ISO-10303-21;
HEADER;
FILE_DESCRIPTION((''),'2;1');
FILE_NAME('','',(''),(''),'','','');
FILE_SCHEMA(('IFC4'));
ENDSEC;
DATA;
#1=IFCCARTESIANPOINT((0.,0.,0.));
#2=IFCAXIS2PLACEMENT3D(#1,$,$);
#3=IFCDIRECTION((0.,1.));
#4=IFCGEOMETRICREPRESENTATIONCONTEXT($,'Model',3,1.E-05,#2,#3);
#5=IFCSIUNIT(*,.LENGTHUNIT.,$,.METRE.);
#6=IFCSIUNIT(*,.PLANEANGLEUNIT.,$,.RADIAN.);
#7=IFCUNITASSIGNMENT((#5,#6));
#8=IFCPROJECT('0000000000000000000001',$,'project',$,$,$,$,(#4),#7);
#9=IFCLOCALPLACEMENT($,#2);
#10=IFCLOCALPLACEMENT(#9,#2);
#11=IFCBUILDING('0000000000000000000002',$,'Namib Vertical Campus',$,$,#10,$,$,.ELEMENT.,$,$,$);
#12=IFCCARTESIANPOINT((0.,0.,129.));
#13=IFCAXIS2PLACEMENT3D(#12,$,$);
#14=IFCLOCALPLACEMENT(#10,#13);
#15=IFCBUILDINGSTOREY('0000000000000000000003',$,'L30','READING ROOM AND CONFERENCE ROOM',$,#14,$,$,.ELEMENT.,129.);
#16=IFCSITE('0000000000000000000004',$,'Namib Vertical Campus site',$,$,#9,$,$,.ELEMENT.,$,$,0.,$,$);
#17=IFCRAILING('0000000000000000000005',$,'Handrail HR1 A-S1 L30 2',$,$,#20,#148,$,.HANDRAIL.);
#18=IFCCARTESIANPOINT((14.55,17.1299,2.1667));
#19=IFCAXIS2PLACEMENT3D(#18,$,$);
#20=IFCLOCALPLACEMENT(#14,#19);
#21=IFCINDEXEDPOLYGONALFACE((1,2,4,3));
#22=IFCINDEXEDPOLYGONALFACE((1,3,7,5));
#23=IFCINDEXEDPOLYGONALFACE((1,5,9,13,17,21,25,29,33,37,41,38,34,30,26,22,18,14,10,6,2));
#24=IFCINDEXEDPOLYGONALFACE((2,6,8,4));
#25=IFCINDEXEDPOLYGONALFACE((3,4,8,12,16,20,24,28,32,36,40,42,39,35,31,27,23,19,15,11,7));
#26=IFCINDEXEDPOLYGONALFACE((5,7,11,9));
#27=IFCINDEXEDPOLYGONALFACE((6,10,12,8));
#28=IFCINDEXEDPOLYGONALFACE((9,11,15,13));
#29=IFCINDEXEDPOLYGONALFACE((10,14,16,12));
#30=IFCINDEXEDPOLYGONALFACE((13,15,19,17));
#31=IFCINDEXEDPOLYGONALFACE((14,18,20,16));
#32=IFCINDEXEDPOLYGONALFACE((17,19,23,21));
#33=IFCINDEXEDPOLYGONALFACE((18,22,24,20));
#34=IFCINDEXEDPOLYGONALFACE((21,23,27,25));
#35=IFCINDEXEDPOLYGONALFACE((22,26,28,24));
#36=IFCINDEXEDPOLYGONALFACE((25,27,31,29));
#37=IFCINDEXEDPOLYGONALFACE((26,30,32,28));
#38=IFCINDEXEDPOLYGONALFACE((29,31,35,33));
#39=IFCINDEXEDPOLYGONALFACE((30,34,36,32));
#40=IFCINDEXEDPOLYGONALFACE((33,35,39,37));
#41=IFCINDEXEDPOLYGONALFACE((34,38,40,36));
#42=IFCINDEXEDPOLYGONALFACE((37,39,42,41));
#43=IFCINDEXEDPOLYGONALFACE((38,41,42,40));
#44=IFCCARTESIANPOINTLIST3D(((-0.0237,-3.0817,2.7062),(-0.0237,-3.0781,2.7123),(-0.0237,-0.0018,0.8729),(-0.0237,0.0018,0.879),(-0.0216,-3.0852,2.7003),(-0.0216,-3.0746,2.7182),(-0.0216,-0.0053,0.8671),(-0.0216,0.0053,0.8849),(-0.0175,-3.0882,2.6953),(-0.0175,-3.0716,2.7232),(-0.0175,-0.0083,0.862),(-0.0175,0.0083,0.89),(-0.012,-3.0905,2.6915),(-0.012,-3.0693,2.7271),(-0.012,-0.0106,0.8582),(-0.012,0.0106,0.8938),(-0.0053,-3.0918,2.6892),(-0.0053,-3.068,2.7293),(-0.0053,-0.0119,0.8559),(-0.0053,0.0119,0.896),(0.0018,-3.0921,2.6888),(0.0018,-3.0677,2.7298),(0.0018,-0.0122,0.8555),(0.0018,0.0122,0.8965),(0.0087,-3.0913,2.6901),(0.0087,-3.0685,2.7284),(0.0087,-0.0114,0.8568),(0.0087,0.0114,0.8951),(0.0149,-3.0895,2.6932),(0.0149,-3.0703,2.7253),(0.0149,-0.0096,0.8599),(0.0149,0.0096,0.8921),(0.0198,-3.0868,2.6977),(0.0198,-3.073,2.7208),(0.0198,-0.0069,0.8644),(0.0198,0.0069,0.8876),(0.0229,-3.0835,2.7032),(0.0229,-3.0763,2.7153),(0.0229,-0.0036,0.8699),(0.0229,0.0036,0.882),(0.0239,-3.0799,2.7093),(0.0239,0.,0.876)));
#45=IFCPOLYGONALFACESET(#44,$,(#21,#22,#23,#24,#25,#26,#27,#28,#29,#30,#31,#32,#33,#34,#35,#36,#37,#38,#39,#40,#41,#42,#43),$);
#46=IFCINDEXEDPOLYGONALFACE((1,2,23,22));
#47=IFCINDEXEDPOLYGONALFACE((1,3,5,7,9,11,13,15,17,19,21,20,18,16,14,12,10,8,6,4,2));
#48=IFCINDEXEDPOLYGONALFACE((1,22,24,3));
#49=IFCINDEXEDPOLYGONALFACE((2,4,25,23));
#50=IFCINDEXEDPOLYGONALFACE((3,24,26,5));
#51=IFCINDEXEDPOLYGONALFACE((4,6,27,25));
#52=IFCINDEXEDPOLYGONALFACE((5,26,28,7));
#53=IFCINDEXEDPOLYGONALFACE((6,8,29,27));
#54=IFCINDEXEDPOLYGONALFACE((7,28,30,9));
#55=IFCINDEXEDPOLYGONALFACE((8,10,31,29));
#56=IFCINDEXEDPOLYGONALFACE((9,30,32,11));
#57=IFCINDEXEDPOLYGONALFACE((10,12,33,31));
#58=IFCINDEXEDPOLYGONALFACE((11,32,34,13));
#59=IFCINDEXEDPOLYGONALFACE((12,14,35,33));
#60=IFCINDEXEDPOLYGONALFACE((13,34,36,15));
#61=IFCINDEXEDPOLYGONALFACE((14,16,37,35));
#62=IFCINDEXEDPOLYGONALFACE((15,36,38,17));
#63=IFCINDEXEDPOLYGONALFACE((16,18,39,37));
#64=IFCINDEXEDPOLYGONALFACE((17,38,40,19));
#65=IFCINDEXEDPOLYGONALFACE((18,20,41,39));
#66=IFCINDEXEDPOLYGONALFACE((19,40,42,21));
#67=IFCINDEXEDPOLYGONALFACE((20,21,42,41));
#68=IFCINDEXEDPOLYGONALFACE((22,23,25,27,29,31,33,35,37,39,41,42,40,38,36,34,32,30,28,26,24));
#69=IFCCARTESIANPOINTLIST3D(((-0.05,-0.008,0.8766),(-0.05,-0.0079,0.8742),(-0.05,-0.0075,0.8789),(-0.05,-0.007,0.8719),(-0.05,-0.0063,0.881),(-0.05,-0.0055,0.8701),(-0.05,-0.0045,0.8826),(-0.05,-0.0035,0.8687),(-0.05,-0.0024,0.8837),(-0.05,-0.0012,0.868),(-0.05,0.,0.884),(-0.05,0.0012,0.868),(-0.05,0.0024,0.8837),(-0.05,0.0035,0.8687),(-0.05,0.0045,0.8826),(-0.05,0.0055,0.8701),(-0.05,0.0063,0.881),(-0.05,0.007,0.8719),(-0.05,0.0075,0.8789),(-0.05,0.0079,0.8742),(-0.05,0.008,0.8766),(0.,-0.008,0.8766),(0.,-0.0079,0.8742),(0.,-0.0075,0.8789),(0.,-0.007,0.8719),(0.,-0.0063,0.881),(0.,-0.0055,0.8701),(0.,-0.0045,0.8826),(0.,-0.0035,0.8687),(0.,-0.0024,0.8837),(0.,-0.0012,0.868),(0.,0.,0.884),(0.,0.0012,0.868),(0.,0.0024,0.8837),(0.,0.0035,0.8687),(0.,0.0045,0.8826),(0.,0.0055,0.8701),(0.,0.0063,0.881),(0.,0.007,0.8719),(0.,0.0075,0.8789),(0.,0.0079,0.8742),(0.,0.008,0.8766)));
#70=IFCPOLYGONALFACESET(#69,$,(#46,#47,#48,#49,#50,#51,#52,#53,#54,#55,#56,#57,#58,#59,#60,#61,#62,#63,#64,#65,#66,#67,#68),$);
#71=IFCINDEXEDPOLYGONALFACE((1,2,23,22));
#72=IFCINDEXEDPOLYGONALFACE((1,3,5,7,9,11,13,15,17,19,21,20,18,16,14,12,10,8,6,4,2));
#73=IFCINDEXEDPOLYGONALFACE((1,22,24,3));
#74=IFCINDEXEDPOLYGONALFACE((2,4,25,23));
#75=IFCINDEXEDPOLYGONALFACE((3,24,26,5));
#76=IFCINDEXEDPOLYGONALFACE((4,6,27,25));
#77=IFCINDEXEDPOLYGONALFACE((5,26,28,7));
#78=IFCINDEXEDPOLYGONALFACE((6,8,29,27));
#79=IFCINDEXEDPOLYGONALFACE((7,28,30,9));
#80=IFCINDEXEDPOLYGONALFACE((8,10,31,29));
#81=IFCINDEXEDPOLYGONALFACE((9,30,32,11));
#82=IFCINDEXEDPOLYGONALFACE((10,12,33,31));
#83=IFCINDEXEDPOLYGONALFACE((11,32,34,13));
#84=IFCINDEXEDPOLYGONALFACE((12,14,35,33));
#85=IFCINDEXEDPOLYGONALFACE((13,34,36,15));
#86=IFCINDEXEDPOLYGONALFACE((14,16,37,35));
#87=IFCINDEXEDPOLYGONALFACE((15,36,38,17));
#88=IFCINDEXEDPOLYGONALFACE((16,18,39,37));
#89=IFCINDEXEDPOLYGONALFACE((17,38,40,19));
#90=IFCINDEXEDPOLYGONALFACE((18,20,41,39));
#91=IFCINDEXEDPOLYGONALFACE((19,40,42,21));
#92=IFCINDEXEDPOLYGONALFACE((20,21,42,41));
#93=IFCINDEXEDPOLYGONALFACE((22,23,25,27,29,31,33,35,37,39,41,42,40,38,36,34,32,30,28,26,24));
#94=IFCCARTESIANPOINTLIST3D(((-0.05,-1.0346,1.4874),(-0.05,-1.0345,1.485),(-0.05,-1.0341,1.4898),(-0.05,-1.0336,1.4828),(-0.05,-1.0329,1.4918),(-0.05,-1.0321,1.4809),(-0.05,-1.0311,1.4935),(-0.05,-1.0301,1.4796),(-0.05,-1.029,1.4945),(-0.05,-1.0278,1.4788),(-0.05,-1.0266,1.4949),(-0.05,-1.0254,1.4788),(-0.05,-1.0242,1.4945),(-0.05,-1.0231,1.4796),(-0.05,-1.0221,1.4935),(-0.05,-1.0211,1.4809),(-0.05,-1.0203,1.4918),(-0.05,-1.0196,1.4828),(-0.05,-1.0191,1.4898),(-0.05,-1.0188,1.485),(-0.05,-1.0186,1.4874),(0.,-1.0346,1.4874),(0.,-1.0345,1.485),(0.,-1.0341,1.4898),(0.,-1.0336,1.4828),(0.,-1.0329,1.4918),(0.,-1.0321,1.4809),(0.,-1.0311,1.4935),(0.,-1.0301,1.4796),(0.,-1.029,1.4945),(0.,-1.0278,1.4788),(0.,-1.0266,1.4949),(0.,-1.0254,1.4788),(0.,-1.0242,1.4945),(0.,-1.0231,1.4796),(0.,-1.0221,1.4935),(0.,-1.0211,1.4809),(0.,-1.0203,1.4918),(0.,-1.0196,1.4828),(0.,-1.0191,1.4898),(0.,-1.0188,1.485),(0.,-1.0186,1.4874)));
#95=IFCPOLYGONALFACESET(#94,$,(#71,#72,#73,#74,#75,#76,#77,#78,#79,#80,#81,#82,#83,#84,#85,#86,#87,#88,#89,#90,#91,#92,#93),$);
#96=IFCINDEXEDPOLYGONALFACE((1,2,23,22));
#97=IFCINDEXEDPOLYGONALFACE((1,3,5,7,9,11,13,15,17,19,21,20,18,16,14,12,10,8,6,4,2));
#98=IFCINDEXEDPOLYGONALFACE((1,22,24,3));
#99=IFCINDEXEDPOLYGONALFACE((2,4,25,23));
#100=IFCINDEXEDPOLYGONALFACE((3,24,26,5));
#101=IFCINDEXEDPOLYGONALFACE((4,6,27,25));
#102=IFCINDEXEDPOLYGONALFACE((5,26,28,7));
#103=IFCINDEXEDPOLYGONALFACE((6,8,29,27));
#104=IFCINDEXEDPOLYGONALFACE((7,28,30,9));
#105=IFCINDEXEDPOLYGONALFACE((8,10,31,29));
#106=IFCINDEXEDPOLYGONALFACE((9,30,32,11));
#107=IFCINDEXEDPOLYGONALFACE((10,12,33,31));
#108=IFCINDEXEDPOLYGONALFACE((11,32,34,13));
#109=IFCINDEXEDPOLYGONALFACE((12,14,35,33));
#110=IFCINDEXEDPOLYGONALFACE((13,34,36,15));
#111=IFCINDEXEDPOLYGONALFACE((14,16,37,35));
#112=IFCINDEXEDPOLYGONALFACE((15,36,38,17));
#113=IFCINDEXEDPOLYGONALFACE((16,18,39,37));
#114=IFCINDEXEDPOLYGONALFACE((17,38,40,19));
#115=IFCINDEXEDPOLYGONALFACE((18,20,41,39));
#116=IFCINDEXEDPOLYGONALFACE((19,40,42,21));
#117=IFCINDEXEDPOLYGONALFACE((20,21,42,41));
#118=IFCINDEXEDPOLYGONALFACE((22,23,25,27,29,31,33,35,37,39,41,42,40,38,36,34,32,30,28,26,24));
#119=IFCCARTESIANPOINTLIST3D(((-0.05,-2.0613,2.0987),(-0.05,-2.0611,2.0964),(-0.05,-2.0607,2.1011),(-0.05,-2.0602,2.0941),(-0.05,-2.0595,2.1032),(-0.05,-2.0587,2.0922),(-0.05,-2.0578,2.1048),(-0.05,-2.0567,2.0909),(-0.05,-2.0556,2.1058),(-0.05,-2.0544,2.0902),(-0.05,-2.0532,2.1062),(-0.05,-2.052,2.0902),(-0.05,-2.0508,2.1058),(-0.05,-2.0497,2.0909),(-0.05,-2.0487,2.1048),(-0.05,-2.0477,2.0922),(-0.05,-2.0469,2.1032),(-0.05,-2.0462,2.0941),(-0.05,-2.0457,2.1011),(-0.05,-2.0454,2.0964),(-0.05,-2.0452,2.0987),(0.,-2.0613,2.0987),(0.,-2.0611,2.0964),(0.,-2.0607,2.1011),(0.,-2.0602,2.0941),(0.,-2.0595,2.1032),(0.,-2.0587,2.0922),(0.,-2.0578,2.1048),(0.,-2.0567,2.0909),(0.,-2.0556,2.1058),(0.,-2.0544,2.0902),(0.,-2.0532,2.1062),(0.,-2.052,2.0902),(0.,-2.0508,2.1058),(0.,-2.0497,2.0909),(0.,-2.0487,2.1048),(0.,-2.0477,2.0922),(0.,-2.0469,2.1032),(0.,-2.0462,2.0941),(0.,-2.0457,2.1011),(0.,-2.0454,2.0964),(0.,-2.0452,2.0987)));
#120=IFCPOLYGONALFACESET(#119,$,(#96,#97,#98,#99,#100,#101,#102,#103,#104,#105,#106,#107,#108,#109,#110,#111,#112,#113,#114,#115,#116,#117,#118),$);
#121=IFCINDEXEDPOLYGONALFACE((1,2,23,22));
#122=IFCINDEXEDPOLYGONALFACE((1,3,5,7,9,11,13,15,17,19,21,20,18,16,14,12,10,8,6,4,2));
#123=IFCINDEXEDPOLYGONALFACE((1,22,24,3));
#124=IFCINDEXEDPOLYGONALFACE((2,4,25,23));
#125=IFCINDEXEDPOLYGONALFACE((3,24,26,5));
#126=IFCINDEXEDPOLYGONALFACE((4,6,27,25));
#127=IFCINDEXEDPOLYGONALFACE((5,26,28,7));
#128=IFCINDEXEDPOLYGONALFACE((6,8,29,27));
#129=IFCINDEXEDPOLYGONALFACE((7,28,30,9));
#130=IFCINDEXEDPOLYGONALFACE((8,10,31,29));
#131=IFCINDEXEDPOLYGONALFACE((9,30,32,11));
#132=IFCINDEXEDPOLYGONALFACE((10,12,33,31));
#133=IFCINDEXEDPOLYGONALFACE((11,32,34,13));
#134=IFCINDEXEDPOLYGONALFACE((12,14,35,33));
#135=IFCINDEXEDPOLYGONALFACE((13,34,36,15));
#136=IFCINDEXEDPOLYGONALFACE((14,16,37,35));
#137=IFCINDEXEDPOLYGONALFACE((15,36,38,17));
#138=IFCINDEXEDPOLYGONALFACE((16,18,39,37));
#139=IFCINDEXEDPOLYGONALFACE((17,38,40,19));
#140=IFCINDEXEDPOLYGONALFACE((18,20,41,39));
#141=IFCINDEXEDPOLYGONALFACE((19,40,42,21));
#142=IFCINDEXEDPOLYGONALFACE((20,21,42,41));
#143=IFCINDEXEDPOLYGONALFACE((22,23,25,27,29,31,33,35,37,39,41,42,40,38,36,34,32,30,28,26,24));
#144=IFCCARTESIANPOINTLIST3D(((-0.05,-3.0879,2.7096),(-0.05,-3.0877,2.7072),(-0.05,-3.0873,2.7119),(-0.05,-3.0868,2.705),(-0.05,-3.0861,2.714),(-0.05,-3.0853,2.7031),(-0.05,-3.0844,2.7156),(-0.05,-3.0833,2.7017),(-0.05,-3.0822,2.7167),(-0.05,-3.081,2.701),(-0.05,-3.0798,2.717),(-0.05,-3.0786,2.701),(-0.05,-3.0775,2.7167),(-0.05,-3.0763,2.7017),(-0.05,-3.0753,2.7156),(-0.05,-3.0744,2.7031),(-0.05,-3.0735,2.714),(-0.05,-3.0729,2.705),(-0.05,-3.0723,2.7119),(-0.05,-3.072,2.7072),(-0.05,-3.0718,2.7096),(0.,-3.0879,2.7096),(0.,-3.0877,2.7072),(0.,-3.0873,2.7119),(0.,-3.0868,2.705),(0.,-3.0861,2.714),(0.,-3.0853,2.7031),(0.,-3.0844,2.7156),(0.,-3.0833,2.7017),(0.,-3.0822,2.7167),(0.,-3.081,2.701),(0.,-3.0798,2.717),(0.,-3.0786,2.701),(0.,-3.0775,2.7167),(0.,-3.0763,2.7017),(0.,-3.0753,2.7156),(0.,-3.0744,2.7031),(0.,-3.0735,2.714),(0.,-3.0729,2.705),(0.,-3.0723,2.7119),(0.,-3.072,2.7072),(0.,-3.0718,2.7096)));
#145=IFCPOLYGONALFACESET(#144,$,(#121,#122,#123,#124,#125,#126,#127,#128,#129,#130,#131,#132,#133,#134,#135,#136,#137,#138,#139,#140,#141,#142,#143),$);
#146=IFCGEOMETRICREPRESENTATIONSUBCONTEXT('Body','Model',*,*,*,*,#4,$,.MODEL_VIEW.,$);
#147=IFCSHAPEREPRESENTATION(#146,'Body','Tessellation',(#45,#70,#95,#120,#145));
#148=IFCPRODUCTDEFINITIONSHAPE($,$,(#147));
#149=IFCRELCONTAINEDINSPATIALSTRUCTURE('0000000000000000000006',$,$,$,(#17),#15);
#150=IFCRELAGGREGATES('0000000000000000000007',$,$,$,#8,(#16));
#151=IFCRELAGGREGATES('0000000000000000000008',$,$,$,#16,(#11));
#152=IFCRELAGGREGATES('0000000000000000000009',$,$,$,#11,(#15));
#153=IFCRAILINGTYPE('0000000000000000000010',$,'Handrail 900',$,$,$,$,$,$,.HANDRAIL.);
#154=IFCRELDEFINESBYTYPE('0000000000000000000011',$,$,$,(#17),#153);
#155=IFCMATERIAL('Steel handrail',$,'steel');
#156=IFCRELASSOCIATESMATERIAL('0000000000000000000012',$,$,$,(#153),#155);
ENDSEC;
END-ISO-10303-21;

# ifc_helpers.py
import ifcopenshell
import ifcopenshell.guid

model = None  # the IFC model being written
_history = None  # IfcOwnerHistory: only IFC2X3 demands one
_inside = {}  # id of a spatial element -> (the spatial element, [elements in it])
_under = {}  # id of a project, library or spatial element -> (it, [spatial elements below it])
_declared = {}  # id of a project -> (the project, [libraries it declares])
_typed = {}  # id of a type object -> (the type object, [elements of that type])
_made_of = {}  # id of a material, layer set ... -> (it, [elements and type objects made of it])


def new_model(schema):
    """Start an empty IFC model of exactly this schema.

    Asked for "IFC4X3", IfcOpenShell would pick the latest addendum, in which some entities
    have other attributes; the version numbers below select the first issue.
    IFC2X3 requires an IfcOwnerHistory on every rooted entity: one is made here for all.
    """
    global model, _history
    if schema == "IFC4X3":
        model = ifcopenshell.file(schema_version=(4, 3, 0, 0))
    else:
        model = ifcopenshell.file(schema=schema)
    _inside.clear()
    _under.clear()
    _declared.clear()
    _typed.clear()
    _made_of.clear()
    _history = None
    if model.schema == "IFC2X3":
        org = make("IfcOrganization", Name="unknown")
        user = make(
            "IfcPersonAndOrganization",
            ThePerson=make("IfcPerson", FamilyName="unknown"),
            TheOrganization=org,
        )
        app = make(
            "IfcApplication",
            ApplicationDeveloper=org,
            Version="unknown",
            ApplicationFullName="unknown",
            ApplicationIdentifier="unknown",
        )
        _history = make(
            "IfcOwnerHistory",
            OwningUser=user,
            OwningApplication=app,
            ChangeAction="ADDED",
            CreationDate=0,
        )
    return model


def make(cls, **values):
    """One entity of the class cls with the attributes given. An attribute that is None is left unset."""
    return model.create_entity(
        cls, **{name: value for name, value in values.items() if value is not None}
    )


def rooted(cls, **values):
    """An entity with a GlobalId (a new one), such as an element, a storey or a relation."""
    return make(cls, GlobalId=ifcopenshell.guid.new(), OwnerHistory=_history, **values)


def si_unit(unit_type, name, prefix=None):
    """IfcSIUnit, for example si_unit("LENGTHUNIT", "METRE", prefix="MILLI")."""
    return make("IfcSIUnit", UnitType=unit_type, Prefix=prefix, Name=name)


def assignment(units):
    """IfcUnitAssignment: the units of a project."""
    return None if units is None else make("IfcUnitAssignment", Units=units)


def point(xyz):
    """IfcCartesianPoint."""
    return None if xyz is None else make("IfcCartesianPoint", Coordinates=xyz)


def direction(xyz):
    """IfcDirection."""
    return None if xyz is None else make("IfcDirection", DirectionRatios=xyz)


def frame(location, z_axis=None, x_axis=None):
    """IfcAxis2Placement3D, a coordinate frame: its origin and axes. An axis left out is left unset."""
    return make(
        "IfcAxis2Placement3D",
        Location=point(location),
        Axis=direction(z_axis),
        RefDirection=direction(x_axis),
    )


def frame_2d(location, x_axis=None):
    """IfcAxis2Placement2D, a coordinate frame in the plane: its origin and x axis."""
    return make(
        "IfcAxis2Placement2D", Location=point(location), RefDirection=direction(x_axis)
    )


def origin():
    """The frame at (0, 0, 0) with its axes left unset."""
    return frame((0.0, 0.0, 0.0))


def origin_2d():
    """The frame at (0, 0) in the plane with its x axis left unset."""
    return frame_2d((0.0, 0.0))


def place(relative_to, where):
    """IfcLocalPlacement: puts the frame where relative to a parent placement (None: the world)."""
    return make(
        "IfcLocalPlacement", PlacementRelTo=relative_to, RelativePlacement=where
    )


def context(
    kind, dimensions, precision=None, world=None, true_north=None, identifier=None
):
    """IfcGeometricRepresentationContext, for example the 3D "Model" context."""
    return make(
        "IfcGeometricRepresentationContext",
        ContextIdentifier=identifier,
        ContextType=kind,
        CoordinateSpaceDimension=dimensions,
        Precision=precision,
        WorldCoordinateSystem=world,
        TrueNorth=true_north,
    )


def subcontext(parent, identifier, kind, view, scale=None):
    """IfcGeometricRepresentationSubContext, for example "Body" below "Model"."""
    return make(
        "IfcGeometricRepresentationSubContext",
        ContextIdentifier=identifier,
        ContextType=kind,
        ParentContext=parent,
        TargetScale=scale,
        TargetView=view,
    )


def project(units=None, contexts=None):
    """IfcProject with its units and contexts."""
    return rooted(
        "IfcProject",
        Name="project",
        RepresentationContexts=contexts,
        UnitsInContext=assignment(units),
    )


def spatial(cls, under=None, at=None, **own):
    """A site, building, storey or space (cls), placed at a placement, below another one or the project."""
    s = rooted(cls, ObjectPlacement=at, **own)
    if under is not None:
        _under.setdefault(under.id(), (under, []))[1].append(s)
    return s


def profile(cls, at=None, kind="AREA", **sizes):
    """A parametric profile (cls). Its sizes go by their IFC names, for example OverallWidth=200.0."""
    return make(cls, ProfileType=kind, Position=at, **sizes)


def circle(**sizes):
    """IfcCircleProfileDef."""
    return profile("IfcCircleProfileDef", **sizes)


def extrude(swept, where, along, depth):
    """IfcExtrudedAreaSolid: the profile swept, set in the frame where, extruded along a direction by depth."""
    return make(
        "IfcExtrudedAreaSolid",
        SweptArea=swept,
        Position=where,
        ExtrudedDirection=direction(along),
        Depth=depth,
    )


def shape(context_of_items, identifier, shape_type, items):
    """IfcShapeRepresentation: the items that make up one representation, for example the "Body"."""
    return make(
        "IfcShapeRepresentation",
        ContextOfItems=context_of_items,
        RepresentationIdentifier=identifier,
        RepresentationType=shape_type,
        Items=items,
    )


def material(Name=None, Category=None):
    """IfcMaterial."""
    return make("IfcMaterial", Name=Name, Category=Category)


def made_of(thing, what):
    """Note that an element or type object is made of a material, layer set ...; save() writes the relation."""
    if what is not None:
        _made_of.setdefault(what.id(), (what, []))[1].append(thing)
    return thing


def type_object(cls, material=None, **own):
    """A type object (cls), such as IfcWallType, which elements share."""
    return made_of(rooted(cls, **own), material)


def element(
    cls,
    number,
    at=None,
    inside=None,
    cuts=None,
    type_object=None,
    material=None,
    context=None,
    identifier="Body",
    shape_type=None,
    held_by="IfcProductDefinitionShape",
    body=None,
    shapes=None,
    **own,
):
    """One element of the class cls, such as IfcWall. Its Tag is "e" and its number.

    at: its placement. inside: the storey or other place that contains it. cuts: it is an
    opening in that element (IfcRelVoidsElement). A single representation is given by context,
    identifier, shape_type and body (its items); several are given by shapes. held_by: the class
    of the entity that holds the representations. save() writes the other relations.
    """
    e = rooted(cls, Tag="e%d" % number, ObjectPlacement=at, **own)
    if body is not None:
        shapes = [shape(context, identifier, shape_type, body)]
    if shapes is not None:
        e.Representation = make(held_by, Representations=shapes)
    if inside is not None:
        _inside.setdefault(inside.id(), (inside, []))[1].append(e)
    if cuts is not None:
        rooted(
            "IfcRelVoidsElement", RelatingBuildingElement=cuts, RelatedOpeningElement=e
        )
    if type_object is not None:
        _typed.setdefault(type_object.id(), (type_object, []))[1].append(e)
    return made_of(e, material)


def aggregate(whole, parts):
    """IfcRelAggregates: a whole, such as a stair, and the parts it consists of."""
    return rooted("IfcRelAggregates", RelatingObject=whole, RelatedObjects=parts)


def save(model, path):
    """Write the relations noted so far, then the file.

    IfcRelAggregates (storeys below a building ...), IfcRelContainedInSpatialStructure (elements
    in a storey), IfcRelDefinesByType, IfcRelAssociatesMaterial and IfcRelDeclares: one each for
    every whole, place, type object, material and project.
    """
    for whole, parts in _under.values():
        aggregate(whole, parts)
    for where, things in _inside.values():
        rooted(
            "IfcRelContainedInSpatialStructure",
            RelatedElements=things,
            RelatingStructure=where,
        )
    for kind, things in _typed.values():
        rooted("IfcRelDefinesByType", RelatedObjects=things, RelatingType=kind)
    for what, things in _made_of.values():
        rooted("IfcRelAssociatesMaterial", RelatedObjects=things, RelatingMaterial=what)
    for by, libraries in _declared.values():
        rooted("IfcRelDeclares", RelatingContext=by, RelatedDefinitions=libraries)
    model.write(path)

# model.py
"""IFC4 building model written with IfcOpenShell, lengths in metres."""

from ifc_helpers import new_model, si_unit, direction, frame, origin, origin_2d, place, context, subcontext, project, spatial, circle, extrude, material, type_object, element, save


model = new_model("IFC4")

# Units and contexts
model_context = context("Model", 3, precision=1e-05, world=origin(), true_north=direction((0.0, 1.0)))
body_context = subcontext(model_context, "Body", "Model", "MODEL_VIEW")
ifc_project = project(units=[si_unit("LENGTHUNIT", "METRE"), si_unit("PLANEANGLEUNIT", "RADIAN")], contexts=[model_context])

# Site, building, storey
site_placement = place(None, origin())
site = spatial("IfcSite", under=ifc_project, at=site_placement, Name="Namib Vertical Campus site", CompositionType="ELEMENT", RefElevation=0.0)
building_placement = place(site_placement, origin())
building = spatial("IfcBuilding", under=site, at=building_placement, Name="Namib Vertical Campus", CompositionType="ELEMENT")
storey_placement = place(building_placement, frame((0.0, 0.0, 129.0)))
storey = spatial("IfcBuildingStorey", under=building, at=storey_placement, Name="L30", Description="READING ROOM AND CONFERENCE ROOM", CompositionType="ELEMENT", Elevation=129.0)

# Railing
ifc_material_1 = material(Name="Steel handrail", Category="steel")
railing_type = type_object("IfcRailingType", Name="Handrail 900", PredefinedType="HANDRAIL", material=ifc_material_1)
railing_1_placement = place(storey_placement, frame((14.55, 17.1299, 2.1667)))
element("IfcRailing", 1, at=railing_1_placement, inside=storey, type_object=railing_type, Name="Handrail HR1 A-S1 L30 2", PredefinedType="HANDRAIL", context=body_context, shape_type="SweptSolid", body=[
    extrude(circle(Radius=0.0239, at=origin_2d()), frame((0.0, 0.0, 0.876), z_axis=(0.0, -0.859291, 0.511487), x_axis=(1.0, 0.0, 0.0)), (0.0, 0.0, 1.0), 3.5842),
    extrude(circle(Radius=0.0081, at=origin_2d()), frame((0.0, 0.0, 0.876), z_axis=(-1.0, 0.0, 0.0), x_axis=(0.0, 0.0, 1.0)), (0.0, 0.0, 1.0), 0.05),
    extrude(circle(Radius=0.0081, at=origin_2d()), frame((0.0, -1.0266, 1.4868), z_axis=(-1.0, 0.0, 0.0), x_axis=(0.0, 0.0, 1.0)), (0.0, 0.0, 1.0), 0.05),
    extrude(circle(Radius=0.0081, at=origin_2d()), frame((0.0, -2.0532, 2.0981), z_axis=(-1.0, 0.0, 0.0), x_axis=(0.0, 0.0, 1.0)), (0.0, 0.0, 1.0), 0.05),
    extrude(circle(Radius=0.0081, at=origin_2d()), frame((0.0, -3.0798, 2.709), z_axis=(-1.0, 0.0, 0.0), x_axis=(0.0, 0.0, 1.0)), (0.0, 0.0, 1.0), 0.05),
])

save(model, "model.ifc")
